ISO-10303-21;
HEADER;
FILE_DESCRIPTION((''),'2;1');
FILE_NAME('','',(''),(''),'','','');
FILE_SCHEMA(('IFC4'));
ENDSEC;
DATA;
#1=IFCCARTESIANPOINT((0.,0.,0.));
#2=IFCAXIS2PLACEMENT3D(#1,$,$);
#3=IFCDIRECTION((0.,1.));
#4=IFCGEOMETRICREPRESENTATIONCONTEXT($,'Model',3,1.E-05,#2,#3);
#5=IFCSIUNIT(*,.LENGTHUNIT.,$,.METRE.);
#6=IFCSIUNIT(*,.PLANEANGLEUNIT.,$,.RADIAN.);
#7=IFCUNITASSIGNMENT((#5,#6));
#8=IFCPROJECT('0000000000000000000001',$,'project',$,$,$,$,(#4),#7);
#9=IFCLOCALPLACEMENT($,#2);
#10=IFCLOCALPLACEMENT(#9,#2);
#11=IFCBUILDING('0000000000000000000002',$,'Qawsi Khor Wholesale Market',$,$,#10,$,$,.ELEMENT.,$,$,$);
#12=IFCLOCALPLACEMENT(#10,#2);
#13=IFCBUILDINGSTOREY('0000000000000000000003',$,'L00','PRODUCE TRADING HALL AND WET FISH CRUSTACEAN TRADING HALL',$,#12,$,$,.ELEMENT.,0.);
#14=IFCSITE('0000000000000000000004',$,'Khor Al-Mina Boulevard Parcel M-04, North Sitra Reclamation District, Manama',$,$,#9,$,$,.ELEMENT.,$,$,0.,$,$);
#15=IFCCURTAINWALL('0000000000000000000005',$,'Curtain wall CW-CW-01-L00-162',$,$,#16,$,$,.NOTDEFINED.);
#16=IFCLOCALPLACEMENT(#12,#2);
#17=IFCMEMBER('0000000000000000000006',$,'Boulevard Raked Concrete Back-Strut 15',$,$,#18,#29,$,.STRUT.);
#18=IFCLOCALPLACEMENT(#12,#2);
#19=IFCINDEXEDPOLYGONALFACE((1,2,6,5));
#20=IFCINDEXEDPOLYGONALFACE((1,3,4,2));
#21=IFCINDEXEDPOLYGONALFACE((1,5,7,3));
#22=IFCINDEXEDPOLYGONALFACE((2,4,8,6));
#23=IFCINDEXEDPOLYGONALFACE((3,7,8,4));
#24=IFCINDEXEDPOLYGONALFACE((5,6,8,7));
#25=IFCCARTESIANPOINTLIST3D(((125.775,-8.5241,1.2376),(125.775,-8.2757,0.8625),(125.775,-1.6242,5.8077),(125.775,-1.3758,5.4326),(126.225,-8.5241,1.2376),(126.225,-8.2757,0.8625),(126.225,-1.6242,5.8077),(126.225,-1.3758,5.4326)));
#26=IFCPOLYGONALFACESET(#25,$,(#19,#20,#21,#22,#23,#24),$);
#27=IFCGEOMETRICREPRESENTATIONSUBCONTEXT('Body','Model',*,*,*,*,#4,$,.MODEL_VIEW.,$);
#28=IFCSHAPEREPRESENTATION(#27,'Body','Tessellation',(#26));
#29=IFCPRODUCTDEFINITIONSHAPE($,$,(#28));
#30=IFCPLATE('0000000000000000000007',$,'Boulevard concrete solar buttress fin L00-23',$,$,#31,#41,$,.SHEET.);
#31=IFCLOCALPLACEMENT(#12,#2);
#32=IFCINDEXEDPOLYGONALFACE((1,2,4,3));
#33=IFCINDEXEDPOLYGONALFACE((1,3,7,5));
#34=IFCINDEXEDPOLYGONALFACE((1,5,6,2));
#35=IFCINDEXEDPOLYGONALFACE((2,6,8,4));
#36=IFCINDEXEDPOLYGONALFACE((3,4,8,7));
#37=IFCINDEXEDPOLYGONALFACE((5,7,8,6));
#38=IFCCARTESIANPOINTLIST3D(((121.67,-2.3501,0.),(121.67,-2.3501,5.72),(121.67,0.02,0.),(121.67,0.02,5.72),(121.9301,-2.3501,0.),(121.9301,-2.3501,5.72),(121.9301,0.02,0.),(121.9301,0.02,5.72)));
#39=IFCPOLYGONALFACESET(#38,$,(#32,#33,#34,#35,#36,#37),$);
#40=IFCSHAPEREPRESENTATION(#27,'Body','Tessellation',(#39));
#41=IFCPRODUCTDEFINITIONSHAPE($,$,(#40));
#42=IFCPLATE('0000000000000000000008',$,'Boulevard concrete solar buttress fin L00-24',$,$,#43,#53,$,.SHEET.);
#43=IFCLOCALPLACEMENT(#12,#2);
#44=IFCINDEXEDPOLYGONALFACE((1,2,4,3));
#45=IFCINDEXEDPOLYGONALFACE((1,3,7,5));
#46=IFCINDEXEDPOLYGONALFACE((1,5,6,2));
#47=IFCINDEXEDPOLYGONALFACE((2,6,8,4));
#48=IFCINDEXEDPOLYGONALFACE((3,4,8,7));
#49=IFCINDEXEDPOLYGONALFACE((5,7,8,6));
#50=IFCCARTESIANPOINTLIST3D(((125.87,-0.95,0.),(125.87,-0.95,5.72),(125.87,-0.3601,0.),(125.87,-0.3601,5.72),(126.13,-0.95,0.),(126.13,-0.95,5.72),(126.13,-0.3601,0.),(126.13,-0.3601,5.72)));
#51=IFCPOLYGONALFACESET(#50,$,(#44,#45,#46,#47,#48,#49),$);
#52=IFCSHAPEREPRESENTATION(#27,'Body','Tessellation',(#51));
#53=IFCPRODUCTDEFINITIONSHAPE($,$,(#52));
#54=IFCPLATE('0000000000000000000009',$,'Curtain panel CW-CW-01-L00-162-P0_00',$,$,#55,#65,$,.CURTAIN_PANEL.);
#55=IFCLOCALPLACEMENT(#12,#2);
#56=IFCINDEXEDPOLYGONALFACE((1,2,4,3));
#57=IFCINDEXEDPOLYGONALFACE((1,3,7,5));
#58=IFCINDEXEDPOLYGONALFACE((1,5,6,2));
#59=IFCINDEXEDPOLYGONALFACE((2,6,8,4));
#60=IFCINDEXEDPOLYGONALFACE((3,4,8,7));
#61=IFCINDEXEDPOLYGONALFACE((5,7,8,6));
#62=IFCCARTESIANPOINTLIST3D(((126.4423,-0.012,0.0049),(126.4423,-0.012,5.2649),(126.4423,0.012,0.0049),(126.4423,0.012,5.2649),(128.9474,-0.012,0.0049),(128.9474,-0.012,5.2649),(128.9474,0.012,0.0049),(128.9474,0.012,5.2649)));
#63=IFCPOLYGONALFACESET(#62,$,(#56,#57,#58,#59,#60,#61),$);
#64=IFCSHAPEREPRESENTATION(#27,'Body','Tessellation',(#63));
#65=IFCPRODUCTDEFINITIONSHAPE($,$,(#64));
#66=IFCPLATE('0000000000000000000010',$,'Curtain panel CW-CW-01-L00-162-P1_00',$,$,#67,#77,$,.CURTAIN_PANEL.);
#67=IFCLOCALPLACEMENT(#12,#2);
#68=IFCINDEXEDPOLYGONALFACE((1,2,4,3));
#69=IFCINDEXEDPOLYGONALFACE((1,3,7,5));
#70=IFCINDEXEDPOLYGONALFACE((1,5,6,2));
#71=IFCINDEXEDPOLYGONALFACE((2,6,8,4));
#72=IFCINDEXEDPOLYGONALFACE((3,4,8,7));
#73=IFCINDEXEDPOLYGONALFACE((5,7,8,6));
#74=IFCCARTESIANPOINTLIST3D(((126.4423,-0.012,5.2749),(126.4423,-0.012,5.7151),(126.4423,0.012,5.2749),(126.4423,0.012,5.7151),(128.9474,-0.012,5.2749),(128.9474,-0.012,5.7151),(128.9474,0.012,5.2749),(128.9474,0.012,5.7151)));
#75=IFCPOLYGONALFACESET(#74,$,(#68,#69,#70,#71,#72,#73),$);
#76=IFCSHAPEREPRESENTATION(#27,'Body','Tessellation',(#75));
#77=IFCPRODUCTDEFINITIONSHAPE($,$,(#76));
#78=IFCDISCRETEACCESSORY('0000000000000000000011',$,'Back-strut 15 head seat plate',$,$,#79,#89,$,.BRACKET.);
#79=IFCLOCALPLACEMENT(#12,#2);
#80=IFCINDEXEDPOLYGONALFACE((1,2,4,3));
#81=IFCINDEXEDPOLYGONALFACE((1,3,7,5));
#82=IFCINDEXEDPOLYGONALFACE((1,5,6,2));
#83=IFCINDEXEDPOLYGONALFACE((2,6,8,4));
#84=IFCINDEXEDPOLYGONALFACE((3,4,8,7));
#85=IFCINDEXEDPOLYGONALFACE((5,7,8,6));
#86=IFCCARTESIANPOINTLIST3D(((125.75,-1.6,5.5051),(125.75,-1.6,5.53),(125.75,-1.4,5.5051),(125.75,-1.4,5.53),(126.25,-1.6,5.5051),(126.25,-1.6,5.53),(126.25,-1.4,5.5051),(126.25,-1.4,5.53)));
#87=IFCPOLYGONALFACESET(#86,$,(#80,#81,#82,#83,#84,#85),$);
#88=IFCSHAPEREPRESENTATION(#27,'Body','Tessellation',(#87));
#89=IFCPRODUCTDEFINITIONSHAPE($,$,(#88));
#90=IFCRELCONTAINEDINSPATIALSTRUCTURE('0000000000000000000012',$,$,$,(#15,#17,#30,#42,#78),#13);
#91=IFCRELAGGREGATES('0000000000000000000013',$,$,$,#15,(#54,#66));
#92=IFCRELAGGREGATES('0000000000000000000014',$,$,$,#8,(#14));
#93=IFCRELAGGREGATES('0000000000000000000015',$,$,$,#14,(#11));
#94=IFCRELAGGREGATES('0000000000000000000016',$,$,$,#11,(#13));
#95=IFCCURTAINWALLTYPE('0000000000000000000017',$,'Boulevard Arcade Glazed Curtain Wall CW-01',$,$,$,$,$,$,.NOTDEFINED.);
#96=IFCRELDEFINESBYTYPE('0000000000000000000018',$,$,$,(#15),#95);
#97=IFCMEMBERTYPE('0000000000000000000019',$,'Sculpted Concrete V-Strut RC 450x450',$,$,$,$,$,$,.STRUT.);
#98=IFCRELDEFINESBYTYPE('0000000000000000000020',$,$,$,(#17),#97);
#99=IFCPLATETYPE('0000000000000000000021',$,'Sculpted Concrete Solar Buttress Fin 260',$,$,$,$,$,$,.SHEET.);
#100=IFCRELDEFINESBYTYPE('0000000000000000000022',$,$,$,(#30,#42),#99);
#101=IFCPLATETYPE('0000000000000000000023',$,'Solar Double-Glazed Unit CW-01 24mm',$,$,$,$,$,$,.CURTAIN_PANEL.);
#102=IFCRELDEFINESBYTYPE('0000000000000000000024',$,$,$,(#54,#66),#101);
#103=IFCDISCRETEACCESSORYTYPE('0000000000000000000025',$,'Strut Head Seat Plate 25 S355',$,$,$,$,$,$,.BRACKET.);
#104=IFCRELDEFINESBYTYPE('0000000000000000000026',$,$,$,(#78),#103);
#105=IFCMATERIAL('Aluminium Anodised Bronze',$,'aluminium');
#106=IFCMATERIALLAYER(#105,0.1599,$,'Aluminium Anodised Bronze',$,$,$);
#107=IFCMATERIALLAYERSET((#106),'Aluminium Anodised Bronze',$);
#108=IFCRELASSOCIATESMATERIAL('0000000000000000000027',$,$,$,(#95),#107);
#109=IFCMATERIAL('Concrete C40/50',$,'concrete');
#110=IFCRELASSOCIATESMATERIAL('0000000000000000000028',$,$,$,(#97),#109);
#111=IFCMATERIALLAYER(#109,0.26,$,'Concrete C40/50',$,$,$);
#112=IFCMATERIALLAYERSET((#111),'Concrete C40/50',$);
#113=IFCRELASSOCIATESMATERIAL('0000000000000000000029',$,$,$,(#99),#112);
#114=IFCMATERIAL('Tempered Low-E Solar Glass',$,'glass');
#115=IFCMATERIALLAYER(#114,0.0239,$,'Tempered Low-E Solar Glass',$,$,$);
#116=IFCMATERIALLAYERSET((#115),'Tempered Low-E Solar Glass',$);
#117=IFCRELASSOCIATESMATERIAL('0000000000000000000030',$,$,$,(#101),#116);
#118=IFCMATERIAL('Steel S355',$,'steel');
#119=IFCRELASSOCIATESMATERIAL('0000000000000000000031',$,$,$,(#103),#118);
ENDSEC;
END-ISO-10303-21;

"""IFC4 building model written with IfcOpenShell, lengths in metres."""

from ifc_helpers import new_model, si_unit, direction, frame, frame_2d, origin, origin_2d, place, context, subcontext, project, spatial, rectangle, extrude, material, layer, layer_set, material_profile, profile_set, type_object, element, aggregate, save


model = new_model("IFC4")

# Units and contexts
model_context = context("Model", 3, precision=1e-05, world=origin(), true_north=direction((0.0, 1.0)))
body_context = subcontext(model_context, "Body", "Model", "MODEL_VIEW")
ifc_project = project(units=[si_unit("LENGTHUNIT", "METRE"), si_unit("PLANEANGLEUNIT", "RADIAN")], contexts=[model_context])

# Site, building, storey
site_placement = place(None, origin())
site = spatial("IfcSite", under=ifc_project, at=site_placement, Name="Khor Al-Mina Boulevard Parcel M-04, North Sitra Reclamation District, Manama", CompositionType="ELEMENT", RefElevation=0.0)
building_placement = place(site_placement, origin())
building = spatial("IfcBuilding", under=site, at=building_placement, Name="Qawsi Khor Wholesale Market", CompositionType="ELEMENT")
storey_placement = place(building_placement, origin())
storey = spatial("IfcBuildingStorey", under=building, at=storey_placement, Name="L00", Description="PRODUCE TRADING HALL AND WET FISH CRUSTACEAN TRADING HALL", CompositionType="ELEMENT", Elevation=0.0)

# Shared definitions
ifc_material_1 = material(Name="Concrete C40/50", Category="concrete")

# Curtain wall
ifc_material_2 = material(Name="Aluminium Anodised Bronze", Category="aluminium")
ifc_layer_1 = layer(ifc_material_2, 0.1599, Name="Aluminium Anodised Bronze")
ifc_layer_set_1 = layer_set([ifc_layer_1], Name="Aluminium Anodised Bronze")
curtain_wall_type = type_object("IfcCurtainWallType", Name="Boulevard Arcade Glazed Curtain Wall CW-01", PredefinedType="NOTDEFINED", material=ifc_layer_set_1)
curtain_wall_placement = place(storey_placement, origin())
curtain_wall = element("IfcCurtainWall", 1, at=curtain_wall_placement, inside=storey, type_object=curtain_wall_type, Name="Curtain wall CW-CW-01-L00-162", PredefinedType="NOTDEFINED")

# Member
ifc_material_profile_1 = material_profile(ifc_material_1, rectangle(XDim=0.45, YDim=0.45, at=origin_2d()), Name="RC 450x450")
ifc_profile_set_1 = profile_set([ifc_material_profile_1], Name="Concrete C40/50")
member_type_1 = type_object("IfcMemberType", Name="Sculpted Concrete V-Strut RC 450x450", PredefinedType="STRUT", material=ifc_profile_set_1)
member_1_placement = place(storey_placement, frame((126.0, -8.3999, 1.05), z_axis=(0.0, 0.833712, 0.552199), x_axis=(-1.0, 0.0, 0.0)))
element("IfcMember", 2, at=member_1_placement, inside=storey, type_object=member_type_1, Name="Boulevard Raked Concrete Back-Strut 15", PredefinedType="STRUT", context=body_context, shape_type="SweptSolid", body=[
    extrude(rectangle(XDim=0.45, YDim=0.45, at=origin_2d()), origin(), (0.0, 0.0, 1.0), 8.2761),
])

# Plates
ifc_layer_2 = layer(ifc_material_1, 0.26, Name="Concrete C40/50")
ifc_layer_set_2 = layer_set([ifc_layer_2], Name="Concrete C40/50")
plate_type_1 = type_object("IfcPlateType", Name="Sculpted Concrete Solar Buttress Fin 260", PredefinedType="SHEET", material=ifc_layer_set_2)
plate_1_placement = place(storey_placement, frame((121.8, -2.3501, 0.0), z_axis=(0.0, 0.0, 1.0), x_axis=(0.0, 1.0, 0.0)))
element("IfcPlate", 3, at=plate_1_placement, inside=storey, type_object=plate_type_1, Name="Boulevard concrete solar buttress fin L00-23", PredefinedType="SHEET", context=body_context, shape_type="SweptSolid", body=[
    extrude(rectangle(XDim=2.3701, YDim=0.26, at=frame_2d((1.1851, 0.0))), origin(), (0.0, 0.0, 1.0), 5.72),
])
plate_2_placement = place(storey_placement, frame((126.0, -0.95, 0.0), z_axis=(0.0, 0.0, 1.0), x_axis=(0.0, 1.0, 0.0)))
element("IfcPlate", 4, at=plate_2_placement, inside=storey, type_object=plate_type_1, Name="Boulevard concrete solar buttress fin L00-24", PredefinedType="SHEET", context=body_context, shape_type="SweptSolid", body=[
    extrude(rectangle(XDim=0.5898, YDim=0.26, at=frame_2d((0.2949, 0.0))), origin(), (0.0, 0.0, 1.0), 5.72),
])

# Plates
ifc_material_3 = material(Name="Tempered Low-E Solar Glass", Category="glass")
ifc_layer_3 = layer(ifc_material_3, 0.0239, Name="Tempered Low-E Solar Glass")
ifc_layer_set_3 = layer_set([ifc_layer_3], Name="Tempered Low-E Solar Glass")
plate_type_2 = type_object("IfcPlateType", Name="Solar Double-Glazed Unit CW-01 24mm", PredefinedType="CURTAIN_PANEL", material=ifc_layer_set_3)
plate_3_placement = place(storey_placement, frame((126.4424, 0.0, 0.0049), z_axis=(0.0, 0.0, 1.0), x_axis=(1.0, 0.0, 0.0)))
plate_3 = element("IfcPlate", 5, at=plate_3_placement, type_object=plate_type_2, Name="Curtain panel CW-CW-01-L00-162-P0_00", PredefinedType="CURTAIN_PANEL", context=body_context, shape_type="SweptSolid", body=[
    extrude(rectangle(XDim=2.5051, YDim=0.0239, at=frame_2d((1.2524, 0.0))), origin(), (0.0, 0.0, 1.0), 5.26),
])
plate_4_placement = place(storey_placement, frame((126.4424, 0.0, 5.2749), z_axis=(0.0, 0.0, 1.0), x_axis=(1.0, 0.0, 0.0)))
plate_4 = element("IfcPlate", 6, at=plate_4_placement, type_object=plate_type_2, Name="Curtain panel CW-CW-01-L00-162-P1_00", PredefinedType="CURTAIN_PANEL", context=body_context, shape_type="SweptSolid", body=[
    extrude(rectangle(XDim=2.5051, YDim=0.0239, at=frame_2d((1.2524, 0.0))), origin(), (0.0, 0.0, 1.0), 0.4402),
])
aggregate(curtain_wall, [plate_3, plate_4])

# Discrete accessory
ifc_material_4 = material(Name="Steel S355", Category="steel")
discrete_accessory_type = type_object("IfcDiscreteAccessoryType", Name="Strut Head Seat Plate 25 S355", PredefinedType="BRACKET", material=ifc_material_4)
discrete_accessory_placement = place(storey_placement, frame((126.0, -1.5, 5.5051), z_axis=(0.0, 0.0, 1.0), x_axis=(1.0, 0.0, 0.0)))
element("IfcDiscreteAccessory", 7, at=discrete_accessory_placement, inside=storey, type_object=discrete_accessory_type, Name="Back-strut 15 head seat plate", PredefinedType="BRACKET", context=body_context, shape_type="SweptSolid", body=[
    extrude(rectangle(XDim=0.5, YDim=0.2, at=origin_2d()), origin(), (0.0, 0.0, 1.0), 0.0249),
])

save(model, "model.ifc")
